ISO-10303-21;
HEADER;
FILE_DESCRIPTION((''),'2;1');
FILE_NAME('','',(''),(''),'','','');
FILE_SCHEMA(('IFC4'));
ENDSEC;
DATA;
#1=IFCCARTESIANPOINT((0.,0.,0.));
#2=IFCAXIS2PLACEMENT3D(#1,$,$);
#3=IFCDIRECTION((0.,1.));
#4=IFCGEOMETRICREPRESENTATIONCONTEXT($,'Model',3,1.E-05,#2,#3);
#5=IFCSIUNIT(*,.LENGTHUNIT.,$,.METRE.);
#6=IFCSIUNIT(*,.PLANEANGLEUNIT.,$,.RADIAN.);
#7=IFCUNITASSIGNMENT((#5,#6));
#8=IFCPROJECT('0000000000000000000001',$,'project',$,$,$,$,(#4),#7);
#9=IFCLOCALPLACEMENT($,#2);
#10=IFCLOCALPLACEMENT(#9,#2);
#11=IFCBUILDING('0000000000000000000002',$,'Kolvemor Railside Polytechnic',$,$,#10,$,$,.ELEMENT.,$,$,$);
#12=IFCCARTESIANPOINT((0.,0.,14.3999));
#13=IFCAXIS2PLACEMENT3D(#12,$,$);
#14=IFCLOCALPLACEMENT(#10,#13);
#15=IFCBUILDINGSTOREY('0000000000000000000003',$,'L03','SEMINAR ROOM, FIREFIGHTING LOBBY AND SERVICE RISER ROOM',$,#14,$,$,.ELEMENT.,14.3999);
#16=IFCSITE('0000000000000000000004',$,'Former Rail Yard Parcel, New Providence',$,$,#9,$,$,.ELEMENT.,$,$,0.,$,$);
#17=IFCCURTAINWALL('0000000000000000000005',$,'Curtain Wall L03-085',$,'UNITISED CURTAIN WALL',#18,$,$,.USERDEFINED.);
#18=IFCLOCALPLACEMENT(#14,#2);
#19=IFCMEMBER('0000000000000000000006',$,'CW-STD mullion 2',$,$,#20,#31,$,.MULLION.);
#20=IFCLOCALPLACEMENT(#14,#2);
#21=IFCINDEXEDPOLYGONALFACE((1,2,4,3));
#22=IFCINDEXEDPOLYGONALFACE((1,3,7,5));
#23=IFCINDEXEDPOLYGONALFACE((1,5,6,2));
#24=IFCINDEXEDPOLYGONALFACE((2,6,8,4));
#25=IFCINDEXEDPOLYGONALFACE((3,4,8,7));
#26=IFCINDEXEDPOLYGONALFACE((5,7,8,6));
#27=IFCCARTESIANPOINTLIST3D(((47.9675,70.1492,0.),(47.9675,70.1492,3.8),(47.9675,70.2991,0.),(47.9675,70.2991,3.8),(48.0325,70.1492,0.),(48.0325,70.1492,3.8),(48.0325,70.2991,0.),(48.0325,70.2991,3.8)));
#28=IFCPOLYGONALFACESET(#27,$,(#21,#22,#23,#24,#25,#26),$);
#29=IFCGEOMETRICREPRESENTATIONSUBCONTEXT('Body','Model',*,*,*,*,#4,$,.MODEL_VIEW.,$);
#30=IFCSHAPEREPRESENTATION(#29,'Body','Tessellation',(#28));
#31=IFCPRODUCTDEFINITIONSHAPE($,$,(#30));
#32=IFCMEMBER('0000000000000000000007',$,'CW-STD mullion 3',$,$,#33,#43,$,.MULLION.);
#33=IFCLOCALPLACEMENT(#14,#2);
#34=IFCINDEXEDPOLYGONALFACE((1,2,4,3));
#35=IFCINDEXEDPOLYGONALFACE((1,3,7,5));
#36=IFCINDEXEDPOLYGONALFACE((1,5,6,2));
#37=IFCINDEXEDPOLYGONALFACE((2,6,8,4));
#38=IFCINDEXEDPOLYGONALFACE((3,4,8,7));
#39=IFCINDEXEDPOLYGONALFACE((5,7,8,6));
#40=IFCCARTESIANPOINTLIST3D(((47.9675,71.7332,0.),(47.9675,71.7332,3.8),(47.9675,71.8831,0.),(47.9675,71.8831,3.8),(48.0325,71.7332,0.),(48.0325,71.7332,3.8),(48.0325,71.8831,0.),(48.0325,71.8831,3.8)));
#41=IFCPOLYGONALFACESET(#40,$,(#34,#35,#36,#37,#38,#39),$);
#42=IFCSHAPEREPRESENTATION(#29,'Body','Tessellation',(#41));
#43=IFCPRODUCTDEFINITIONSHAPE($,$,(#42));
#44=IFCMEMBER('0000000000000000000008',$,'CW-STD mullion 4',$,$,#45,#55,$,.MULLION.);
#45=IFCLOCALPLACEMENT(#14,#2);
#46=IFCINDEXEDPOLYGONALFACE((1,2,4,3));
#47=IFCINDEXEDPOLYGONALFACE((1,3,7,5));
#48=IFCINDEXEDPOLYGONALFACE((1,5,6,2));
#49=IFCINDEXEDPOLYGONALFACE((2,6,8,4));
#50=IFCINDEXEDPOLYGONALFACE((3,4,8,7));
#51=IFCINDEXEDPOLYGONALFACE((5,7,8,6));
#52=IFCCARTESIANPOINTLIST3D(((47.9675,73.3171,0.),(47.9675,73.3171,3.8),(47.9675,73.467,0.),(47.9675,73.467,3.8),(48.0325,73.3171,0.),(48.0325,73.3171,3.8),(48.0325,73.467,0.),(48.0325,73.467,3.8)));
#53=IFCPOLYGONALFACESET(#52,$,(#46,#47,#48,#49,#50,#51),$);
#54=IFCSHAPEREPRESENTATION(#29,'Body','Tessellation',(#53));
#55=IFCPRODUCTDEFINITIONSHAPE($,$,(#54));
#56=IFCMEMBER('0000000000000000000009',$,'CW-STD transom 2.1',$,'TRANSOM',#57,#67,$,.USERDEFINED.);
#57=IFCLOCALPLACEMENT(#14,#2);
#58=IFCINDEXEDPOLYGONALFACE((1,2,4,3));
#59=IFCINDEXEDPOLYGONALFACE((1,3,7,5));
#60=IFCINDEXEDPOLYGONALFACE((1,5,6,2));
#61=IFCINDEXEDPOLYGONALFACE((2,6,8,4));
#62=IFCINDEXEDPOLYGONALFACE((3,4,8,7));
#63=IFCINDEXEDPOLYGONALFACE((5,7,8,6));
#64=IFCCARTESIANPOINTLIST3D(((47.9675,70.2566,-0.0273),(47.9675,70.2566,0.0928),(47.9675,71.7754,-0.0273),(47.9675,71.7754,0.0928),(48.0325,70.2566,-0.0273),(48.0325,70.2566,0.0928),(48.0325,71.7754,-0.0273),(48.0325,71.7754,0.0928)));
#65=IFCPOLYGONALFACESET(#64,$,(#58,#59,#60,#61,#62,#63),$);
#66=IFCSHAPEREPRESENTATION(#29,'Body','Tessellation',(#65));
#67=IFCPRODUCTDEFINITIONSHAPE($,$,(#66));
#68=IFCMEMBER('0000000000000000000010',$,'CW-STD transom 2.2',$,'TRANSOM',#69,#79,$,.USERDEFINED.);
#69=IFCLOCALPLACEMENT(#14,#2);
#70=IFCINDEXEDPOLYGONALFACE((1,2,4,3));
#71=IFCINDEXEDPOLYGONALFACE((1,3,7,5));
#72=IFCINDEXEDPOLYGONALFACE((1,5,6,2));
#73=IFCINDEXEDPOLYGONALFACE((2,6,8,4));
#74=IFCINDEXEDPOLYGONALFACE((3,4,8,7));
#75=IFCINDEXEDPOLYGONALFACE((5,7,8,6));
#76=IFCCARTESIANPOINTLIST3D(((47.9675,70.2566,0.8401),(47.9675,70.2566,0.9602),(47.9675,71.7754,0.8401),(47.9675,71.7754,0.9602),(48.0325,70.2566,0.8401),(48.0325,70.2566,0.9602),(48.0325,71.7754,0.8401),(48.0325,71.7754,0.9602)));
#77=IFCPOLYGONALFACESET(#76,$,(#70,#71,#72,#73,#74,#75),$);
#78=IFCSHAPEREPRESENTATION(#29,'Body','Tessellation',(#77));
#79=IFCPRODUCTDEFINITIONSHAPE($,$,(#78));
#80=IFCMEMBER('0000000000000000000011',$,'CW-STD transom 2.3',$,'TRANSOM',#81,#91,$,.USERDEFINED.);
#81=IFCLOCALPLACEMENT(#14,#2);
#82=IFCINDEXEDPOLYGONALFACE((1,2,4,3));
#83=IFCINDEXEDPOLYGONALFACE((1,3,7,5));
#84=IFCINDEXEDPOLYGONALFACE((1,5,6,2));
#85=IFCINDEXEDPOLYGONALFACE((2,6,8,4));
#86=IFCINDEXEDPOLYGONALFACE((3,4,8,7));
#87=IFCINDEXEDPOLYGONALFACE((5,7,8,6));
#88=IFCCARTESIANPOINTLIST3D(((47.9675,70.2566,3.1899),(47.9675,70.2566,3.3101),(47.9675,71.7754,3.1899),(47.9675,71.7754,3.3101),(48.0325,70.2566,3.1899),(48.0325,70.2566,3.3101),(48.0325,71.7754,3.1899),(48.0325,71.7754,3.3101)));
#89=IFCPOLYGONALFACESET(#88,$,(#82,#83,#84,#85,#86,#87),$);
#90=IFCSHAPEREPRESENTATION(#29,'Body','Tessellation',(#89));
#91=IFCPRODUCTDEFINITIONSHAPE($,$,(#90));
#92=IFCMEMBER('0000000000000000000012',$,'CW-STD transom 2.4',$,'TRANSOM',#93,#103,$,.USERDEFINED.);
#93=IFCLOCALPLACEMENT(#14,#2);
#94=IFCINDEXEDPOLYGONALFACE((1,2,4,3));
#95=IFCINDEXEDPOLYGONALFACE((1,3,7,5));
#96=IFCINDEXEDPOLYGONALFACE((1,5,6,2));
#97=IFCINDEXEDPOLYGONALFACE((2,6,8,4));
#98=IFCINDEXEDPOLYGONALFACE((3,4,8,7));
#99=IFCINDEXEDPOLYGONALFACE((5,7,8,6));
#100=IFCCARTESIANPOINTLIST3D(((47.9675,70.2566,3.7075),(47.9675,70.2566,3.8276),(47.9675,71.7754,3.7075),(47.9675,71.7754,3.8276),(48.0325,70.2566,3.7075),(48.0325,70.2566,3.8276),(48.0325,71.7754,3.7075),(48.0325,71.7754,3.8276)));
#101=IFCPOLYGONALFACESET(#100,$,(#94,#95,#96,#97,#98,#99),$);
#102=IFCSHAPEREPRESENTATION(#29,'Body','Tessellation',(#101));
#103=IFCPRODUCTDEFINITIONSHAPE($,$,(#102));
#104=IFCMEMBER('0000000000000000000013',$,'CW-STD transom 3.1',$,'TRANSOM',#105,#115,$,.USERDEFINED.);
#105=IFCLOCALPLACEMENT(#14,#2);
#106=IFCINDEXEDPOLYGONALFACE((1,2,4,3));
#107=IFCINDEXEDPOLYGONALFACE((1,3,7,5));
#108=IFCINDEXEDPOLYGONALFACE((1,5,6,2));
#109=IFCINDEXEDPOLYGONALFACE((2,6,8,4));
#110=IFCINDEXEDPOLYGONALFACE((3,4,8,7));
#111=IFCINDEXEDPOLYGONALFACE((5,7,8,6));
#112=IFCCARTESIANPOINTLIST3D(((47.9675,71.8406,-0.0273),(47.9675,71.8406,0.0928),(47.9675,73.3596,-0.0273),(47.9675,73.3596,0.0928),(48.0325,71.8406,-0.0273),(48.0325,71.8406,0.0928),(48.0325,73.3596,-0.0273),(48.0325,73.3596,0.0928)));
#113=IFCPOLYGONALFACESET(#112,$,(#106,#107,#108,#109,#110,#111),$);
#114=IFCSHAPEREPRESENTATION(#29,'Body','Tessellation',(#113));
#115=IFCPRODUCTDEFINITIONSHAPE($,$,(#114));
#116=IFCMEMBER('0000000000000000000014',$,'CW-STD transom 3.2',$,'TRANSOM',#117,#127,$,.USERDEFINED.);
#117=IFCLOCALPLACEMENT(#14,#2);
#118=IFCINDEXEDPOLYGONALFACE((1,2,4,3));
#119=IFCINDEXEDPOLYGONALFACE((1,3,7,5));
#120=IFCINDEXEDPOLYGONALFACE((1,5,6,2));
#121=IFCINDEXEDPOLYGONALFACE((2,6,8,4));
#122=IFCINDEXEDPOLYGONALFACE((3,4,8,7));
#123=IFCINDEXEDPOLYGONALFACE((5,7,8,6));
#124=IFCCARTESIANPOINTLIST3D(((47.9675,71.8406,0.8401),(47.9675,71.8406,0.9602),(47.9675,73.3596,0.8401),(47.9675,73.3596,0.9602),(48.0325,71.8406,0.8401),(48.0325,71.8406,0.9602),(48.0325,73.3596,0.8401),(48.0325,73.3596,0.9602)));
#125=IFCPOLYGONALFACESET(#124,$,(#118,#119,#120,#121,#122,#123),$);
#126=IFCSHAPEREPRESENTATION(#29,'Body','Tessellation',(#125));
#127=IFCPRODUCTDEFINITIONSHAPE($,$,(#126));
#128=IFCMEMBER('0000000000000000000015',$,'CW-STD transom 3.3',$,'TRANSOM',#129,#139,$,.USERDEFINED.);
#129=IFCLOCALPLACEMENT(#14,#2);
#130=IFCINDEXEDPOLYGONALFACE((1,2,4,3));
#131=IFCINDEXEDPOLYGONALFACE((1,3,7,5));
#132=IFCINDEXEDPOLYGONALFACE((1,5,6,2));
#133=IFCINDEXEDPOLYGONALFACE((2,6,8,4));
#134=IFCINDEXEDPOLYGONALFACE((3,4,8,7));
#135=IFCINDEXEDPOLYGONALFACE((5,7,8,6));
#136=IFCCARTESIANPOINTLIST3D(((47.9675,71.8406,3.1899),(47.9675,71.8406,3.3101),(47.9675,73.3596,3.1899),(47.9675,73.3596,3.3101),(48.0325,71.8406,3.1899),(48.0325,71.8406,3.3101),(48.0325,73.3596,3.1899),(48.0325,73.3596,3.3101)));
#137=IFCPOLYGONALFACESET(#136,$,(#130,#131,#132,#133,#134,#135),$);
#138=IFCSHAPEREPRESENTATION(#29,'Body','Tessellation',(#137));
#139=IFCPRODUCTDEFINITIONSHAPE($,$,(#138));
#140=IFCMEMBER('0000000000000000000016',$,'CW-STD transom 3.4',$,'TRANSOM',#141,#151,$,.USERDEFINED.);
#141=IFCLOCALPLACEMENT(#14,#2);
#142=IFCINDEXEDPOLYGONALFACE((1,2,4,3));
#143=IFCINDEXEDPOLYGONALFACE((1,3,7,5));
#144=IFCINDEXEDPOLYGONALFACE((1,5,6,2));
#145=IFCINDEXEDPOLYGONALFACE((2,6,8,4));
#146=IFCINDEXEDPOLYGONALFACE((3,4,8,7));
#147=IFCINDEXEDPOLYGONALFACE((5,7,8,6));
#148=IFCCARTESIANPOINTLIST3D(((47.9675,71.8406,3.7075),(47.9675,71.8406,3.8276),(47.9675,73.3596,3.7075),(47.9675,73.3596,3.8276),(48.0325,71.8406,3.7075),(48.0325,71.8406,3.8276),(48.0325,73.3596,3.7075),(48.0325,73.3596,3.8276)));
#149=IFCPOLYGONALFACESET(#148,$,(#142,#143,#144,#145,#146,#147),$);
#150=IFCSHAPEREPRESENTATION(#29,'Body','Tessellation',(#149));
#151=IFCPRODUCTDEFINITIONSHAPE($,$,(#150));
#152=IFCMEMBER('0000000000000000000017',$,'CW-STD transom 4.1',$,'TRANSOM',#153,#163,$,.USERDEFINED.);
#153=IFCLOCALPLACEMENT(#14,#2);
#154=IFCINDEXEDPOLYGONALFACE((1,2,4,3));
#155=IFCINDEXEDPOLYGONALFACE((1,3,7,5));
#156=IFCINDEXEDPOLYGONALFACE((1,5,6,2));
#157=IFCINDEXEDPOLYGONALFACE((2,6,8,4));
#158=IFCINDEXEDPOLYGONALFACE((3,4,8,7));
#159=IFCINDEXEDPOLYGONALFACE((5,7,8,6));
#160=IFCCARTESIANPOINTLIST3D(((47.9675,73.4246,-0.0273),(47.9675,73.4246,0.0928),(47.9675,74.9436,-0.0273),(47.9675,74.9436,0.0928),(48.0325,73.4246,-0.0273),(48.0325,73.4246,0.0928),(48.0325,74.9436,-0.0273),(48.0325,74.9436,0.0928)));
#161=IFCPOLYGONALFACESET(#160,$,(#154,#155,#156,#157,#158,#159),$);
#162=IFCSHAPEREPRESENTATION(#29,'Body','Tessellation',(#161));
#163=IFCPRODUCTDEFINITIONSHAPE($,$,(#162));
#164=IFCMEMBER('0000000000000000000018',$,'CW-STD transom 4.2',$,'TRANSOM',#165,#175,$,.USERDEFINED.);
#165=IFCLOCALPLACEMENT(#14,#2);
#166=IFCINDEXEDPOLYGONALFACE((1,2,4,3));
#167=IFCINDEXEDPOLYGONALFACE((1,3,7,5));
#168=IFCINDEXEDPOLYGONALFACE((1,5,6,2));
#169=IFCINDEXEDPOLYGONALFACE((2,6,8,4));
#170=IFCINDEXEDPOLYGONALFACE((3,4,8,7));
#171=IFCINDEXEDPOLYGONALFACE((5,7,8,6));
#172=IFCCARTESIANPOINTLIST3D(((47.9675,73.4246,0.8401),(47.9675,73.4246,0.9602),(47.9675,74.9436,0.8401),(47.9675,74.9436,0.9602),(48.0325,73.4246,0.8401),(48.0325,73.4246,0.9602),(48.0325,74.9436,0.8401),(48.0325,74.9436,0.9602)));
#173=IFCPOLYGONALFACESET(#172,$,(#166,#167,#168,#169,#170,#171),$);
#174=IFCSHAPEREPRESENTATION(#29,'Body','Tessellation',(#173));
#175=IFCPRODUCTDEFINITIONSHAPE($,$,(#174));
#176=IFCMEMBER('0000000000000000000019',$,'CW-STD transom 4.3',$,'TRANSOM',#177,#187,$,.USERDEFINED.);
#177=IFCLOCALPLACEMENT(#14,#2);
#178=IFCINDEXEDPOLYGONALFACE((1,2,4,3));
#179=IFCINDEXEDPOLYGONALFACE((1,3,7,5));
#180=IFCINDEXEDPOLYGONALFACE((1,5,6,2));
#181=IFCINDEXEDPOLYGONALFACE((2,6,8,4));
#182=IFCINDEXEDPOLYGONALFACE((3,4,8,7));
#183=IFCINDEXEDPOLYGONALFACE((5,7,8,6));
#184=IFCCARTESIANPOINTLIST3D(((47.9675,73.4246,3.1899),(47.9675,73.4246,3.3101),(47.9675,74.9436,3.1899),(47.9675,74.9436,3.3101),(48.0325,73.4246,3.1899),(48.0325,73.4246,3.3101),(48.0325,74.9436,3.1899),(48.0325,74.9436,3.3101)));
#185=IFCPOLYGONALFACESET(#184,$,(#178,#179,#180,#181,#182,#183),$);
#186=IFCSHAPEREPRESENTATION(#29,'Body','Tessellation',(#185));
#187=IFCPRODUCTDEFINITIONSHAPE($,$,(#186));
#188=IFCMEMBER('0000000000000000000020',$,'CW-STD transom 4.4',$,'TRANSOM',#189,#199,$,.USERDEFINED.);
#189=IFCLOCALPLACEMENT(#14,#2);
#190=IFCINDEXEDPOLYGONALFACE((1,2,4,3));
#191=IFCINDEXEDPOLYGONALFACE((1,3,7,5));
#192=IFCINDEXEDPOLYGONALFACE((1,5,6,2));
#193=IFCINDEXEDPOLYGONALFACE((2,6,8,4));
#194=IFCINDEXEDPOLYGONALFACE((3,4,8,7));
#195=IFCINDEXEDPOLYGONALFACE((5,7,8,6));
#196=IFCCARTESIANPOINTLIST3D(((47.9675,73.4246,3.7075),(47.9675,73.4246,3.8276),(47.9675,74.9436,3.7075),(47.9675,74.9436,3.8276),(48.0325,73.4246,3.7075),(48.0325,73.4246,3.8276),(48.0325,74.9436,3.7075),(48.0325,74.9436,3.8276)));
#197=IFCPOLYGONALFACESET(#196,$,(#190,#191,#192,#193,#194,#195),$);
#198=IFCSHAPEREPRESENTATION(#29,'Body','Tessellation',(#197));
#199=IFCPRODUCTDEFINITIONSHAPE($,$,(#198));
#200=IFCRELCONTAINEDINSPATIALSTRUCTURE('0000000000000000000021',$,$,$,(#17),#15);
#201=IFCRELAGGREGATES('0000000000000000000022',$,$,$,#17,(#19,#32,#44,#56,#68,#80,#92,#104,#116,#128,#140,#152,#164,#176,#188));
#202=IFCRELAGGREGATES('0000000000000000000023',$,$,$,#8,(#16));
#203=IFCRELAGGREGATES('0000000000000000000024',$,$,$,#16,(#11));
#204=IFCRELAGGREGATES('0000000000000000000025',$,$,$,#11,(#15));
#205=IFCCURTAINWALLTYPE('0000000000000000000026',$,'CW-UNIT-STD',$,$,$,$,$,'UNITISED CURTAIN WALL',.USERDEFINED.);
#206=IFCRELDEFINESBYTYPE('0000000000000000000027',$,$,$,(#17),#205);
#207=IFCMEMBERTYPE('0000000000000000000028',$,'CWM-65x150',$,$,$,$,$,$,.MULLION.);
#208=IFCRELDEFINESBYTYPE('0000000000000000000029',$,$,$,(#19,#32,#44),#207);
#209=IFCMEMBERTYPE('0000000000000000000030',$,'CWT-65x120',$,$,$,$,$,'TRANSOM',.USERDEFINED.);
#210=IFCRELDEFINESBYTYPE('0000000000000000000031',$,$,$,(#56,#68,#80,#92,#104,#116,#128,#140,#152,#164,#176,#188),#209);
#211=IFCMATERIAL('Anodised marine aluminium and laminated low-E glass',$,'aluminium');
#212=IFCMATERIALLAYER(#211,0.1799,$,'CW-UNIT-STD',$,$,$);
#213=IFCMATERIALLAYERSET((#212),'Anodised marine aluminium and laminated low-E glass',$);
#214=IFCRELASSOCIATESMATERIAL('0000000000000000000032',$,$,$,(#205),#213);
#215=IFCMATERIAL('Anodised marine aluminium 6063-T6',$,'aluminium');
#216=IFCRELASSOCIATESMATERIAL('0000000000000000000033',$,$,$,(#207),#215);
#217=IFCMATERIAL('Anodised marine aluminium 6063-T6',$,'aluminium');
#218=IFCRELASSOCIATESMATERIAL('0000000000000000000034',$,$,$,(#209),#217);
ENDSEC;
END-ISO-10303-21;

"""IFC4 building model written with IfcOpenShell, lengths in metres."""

from ifc_helpers import new_model, si_unit, direction, frame, origin, origin_2d, place, context, subcontext, project, spatial, rectangle, extrude, material, layer, layer_set, material_profile, profile_set, type_object, element, aggregate, save


model = new_model("IFC4")

# Units and contexts
model_context = context("Model", 3, precision=1e-05, world=origin(), true_north=direction((0.0, 1.0)))
body_context = subcontext(model_context, "Body", "Model", "MODEL_VIEW")
ifc_project = project(units=[si_unit("LENGTHUNIT", "METRE"), si_unit("PLANEANGLEUNIT", "RADIAN")], contexts=[model_context])

# Site, building, storey
site_placement = place(None, origin())
site = spatial("IfcSite", under=ifc_project, at=site_placement, Name="Former Rail Yard Parcel, New Providence", CompositionType="ELEMENT", RefElevation=0.0)
building_placement = place(site_placement, origin())
building = spatial("IfcBuilding", under=site, at=building_placement, Name="Kolvemor Railside Polytechnic", CompositionType="ELEMENT")
storey_placement = place(building_placement, frame((0.0, 0.0, 14.3999)))
storey = spatial("IfcBuildingStorey", under=building, at=storey_placement, Name="L03", Description="SEMINAR ROOM, FIREFIGHTING LOBBY AND SERVICE RISER ROOM", CompositionType="ELEMENT", Elevation=14.3999)

# Curtain wall, members
ifc_material_1 = material(Name="Anodised marine aluminium and laminated low-E glass", Category="aluminium")
ifc_layer_1 = layer(ifc_material_1, 0.1799, Name="CW-UNIT-STD")
ifc_layer_set_1 = layer_set([ifc_layer_1], Name="Anodised marine aluminium and laminated low-E glass")
curtain_wall_type = type_object("IfcCurtainWallType", Name="CW-UNIT-STD", ElementType="UNITISED CURTAIN WALL", PredefinedType="USERDEFINED", material=ifc_layer_set_1)
curtain_wall_placement = place(storey_placement, origin())
curtain_wall = element("IfcCurtainWall", 1, at=curtain_wall_placement, inside=storey, type_object=curtain_wall_type, Name="Curtain Wall L03-085", ObjectType="UNITISED CURTAIN WALL", PredefinedType="USERDEFINED")
ifc_material_2 = material(Name="Anodised marine aluminium 6063-T6", Category="aluminium")
ifc_material_profile_1 = material_profile(ifc_material_2, rectangle(XDim=0.0649, YDim=0.1499, at=origin_2d()), Name="CW-MUL-65x150")
ifc_profile_set_1 = profile_set([ifc_material_profile_1], Name="Anodised marine aluminium 6063-T6")
member_type_1 = type_object("IfcMemberType", Name="CWM-65x150", PredefinedType="MULLION", material=ifc_profile_set_1)
member_1_placement = place(storey_placement, frame((48.0, 70.2241, 0.0), z_axis=(0.0, 0.0, 1.0), x_axis=(-1.0, 0.0, 0.0)))
member_1 = element("IfcMember", 2, at=member_1_placement, type_object=member_type_1, Name="CW-STD mullion 2", PredefinedType="MULLION", context=body_context, shape_type="SweptSolid", body=[
    extrude(rectangle(XDim=0.0649, YDim=0.1499, at=origin_2d()), origin(), (0.0, 0.0, 1.0), 3.8),
])
member_2_placement = place(storey_placement, frame((48.0, 71.8081, 0.0), z_axis=(0.0, 0.0, 1.0), x_axis=(-1.0, 0.0, 0.0)))
member_2 = element("IfcMember", 3, at=member_2_placement, type_object=member_type_1, Name="CW-STD mullion 3", PredefinedType="MULLION", context=body_context, shape_type="SweptSolid", body=[
    extrude(rectangle(XDim=0.0649, YDim=0.1499, at=origin_2d()), origin(), (0.0, 0.0, 1.0), 3.8),
])
member_3_placement = place(storey_placement, frame((48.0, 73.3921, 0.0), z_axis=(0.0, 0.0, 1.0), x_axis=(-1.0, 0.0, 0.0)))
member_3 = element("IfcMember", 4, at=member_3_placement, type_object=member_type_1, Name="CW-STD mullion 4", PredefinedType="MULLION", context=body_context, shape_type="SweptSolid", body=[
    extrude(rectangle(XDim=0.0649, YDim=0.1499, at=origin_2d()), origin(), (0.0, 0.0, 1.0), 3.8),
])
ifc_material_3 = material(Name="Anodised marine aluminium 6063-T6", Category="aluminium")
ifc_material_profile_2 = material_profile(ifc_material_3, rectangle(XDim=0.0649, YDim=0.1201, at=origin_2d()), Name="CW-TRN-65x120")
ifc_profile_set_2 = profile_set([ifc_material_profile_2], Name="Anodised marine aluminium 6063-T6")
member_type_2 = type_object("IfcMemberType", Name="CWT-65x120", ElementType="TRANSOM", PredefinedType="USERDEFINED", material=ifc_profile_set_2)
member_4_placement = place(storey_placement, frame((48.0, 70.2566, 0.0327), z_axis=(0.0, 1.0, 0.0), x_axis=(-1.0, 0.0, 0.0)))
member_4 = element("IfcMember", 5, at=member_4_placement, type_object=member_type_2, Name="CW-STD transom 2.1", ObjectType="TRANSOM", PredefinedType="USERDEFINED", context=body_context, shape_type="SweptSolid", body=[
    extrude(rectangle(XDim=0.0649, YDim=0.1201, at=origin_2d()), origin(), (0.0, 0.0, 1.0), 1.5188),
])
member_5_placement = place(storey_placement, frame((48.0, 70.2566, 0.9001), z_axis=(0.0, 1.0, 0.0), x_axis=(-1.0, 0.0, 0.0)))
member_5 = element("IfcMember", 6, at=member_5_placement, type_object=member_type_2, Name="CW-STD transom 2.2", ObjectType="TRANSOM", PredefinedType="USERDEFINED", context=body_context, shape_type="SweptSolid", body=[
    extrude(rectangle(XDim=0.0649, YDim=0.1201, at=origin_2d()), origin(), (0.0, 0.0, 1.0), 1.5188),
])
member_6_placement = place(storey_placement, frame((48.0, 70.2566, 3.25), z_axis=(0.0, 1.0, 0.0), x_axis=(-1.0, 0.0, 0.0)))
member_6 = element("IfcMember", 7, at=member_6_placement, type_object=member_type_2, Name="CW-STD transom 2.3", ObjectType="TRANSOM", PredefinedType="USERDEFINED", context=body_context, shape_type="SweptSolid", body=[
    extrude(rectangle(XDim=0.0649, YDim=0.1201, at=origin_2d()), origin(), (0.0, 0.0, 1.0), 1.5188),
])
member_7_placement = place(storey_placement, frame((48.0, 70.2566, 3.7676), z_axis=(0.0, 1.0, 0.0), x_axis=(-1.0, 0.0, 0.0)))
member_7 = element("IfcMember", 8, at=member_7_placement, type_object=member_type_2, Name="CW-STD transom 2.4", ObjectType="TRANSOM", PredefinedType="USERDEFINED", context=body_context, shape_type="SweptSolid", body=[
    extrude(rectangle(XDim=0.0649, YDim=0.1201, at=origin_2d()), origin(), (0.0, 0.0, 1.0), 1.5188),
])
member_8_placement = place(storey_placement, frame((48.0, 71.8406, 0.0327), z_axis=(0.0, 1.0, 0.0), x_axis=(-1.0, 0.0, 0.0)))
member_8 = element("IfcMember", 9, at=member_8_placement, type_object=member_type_2, Name="CW-STD transom 3.1", ObjectType="TRANSOM", PredefinedType="USERDEFINED", context=body_context, shape_type="SweptSolid", body=[
    extrude(rectangle(XDim=0.0649, YDim=0.1201, at=origin_2d()), origin(), (0.0, 0.0, 1.0), 1.519),
])
member_9_placement = place(storey_placement, frame((48.0, 71.8406, 0.9001), z_axis=(0.0, 1.0, 0.0), x_axis=(-1.0, 0.0, 0.0)))
member_9 = element("IfcMember", 10, at=member_9_placement, type_object=member_type_2, Name="CW-STD transom 3.2", ObjectType="TRANSOM", PredefinedType="USERDEFINED", context=body_context, shape_type="SweptSolid", body=[
    extrude(rectangle(XDim=0.0649, YDim=0.1201, at=origin_2d()), origin(), (0.0, 0.0, 1.0), 1.519),
])
member_10_placement = place(storey_placement, frame((48.0, 71.8406, 3.25), z_axis=(0.0, 1.0, 0.0), x_axis=(-1.0, 0.0, 0.0)))
member_10 = element("IfcMember", 11, at=member_10_placement, type_object=member_type_2, Name="CW-STD transom 3.3", ObjectType="TRANSOM", PredefinedType="USERDEFINED", context=body_context, shape_type="SweptSolid", body=[
    extrude(rectangle(XDim=0.0649, YDim=0.1201, at=origin_2d()), origin(), (0.0, 0.0, 1.0), 1.519),
])
member_11_placement = place(storey_placement, frame((48.0, 71.8406, 3.7676), z_axis=(0.0, 1.0, 0.0), x_axis=(-1.0, 0.0, 0.0)))
member_11 = element("IfcMember", 12, at=member_11_placement, type_object=member_type_2, Name="CW-STD transom 3.4", ObjectType="TRANSOM", PredefinedType="USERDEFINED", context=body_context, shape_type="SweptSolid", body=[
    extrude(rectangle(XDim=0.0649, YDim=0.1201, at=origin_2d()), origin(), (0.0, 0.0, 1.0), 1.519),
])
member_12_placement = place(storey_placement, frame((48.0, 73.4246, 0.0327), z_axis=(0.0, 1.0, 0.0), x_axis=(-1.0, 0.0, 0.0)))
member_12 = element("IfcMember", 13, at=member_12_placement, type_object=member_type_2, Name="CW-STD transom 4.1", ObjectType="TRANSOM", PredefinedType="USERDEFINED", context=body_context, shape_type="SweptSolid", body=[
    extrude(rectangle(XDim=0.0649, YDim=0.1201, at=origin_2d()), origin(), (0.0, 0.0, 1.0), 1.519),
])
member_13_placement = place(storey_placement, frame((48.0, 73.4246, 0.9001), z_axis=(0.0, 1.0, 0.0), x_axis=(-1.0, 0.0, 0.0)))
member_13 = element("IfcMember", 14, at=member_13_placement, type_object=member_type_2, Name="CW-STD transom 4.2", ObjectType="TRANSOM", PredefinedType="USERDEFINED", context=body_context, shape_type="SweptSolid", body=[
    extrude(rectangle(XDim=0.0649, YDim=0.1201, at=origin_2d()), origin(), (0.0, 0.0, 1.0), 1.519),
])
member_14_placement = place(storey_placement, frame((48.0, 73.4246, 3.25), z_axis=(0.0, 1.0, 0.0), x_axis=(-1.0, 0.0, 0.0)))
member_14 = element("IfcMember", 15, at=member_14_placement, type_object=member_type_2, Name="CW-STD transom 4.3", ObjectType="TRANSOM", PredefinedType="USERDEFINED", context=body_context, shape_type="SweptSolid", body=[
    extrude(rectangle(XDim=0.0649, YDim=0.1201, at=origin_2d()), origin(), (0.0, 0.0, 1.0), 1.519),
])
member_15_placement = place(storey_placement, frame((48.0, 73.4246, 3.7676), z_axis=(0.0, 1.0, 0.0), x_axis=(-1.0, 0.0, 0.0)))
member_15 = element("IfcMember", 16, at=member_15_placement, type_object=member_type_2, Name="CW-STD transom 4.4", ObjectType="TRANSOM", PredefinedType="USERDEFINED", context=body_context, shape_type="SweptSolid", body=[
    extrude(rectangle(XDim=0.0649, YDim=0.1201, at=origin_2d()), origin(), (0.0, 0.0, 1.0), 1.519),
])
aggregate(curtain_wall, [member_1, member_2, member_3, member_4, member_5, member_6, member_7, member_8, member_9, member_10, member_11, member_12, member_13, member_14, member_15])

save(model, "model.ifc")
